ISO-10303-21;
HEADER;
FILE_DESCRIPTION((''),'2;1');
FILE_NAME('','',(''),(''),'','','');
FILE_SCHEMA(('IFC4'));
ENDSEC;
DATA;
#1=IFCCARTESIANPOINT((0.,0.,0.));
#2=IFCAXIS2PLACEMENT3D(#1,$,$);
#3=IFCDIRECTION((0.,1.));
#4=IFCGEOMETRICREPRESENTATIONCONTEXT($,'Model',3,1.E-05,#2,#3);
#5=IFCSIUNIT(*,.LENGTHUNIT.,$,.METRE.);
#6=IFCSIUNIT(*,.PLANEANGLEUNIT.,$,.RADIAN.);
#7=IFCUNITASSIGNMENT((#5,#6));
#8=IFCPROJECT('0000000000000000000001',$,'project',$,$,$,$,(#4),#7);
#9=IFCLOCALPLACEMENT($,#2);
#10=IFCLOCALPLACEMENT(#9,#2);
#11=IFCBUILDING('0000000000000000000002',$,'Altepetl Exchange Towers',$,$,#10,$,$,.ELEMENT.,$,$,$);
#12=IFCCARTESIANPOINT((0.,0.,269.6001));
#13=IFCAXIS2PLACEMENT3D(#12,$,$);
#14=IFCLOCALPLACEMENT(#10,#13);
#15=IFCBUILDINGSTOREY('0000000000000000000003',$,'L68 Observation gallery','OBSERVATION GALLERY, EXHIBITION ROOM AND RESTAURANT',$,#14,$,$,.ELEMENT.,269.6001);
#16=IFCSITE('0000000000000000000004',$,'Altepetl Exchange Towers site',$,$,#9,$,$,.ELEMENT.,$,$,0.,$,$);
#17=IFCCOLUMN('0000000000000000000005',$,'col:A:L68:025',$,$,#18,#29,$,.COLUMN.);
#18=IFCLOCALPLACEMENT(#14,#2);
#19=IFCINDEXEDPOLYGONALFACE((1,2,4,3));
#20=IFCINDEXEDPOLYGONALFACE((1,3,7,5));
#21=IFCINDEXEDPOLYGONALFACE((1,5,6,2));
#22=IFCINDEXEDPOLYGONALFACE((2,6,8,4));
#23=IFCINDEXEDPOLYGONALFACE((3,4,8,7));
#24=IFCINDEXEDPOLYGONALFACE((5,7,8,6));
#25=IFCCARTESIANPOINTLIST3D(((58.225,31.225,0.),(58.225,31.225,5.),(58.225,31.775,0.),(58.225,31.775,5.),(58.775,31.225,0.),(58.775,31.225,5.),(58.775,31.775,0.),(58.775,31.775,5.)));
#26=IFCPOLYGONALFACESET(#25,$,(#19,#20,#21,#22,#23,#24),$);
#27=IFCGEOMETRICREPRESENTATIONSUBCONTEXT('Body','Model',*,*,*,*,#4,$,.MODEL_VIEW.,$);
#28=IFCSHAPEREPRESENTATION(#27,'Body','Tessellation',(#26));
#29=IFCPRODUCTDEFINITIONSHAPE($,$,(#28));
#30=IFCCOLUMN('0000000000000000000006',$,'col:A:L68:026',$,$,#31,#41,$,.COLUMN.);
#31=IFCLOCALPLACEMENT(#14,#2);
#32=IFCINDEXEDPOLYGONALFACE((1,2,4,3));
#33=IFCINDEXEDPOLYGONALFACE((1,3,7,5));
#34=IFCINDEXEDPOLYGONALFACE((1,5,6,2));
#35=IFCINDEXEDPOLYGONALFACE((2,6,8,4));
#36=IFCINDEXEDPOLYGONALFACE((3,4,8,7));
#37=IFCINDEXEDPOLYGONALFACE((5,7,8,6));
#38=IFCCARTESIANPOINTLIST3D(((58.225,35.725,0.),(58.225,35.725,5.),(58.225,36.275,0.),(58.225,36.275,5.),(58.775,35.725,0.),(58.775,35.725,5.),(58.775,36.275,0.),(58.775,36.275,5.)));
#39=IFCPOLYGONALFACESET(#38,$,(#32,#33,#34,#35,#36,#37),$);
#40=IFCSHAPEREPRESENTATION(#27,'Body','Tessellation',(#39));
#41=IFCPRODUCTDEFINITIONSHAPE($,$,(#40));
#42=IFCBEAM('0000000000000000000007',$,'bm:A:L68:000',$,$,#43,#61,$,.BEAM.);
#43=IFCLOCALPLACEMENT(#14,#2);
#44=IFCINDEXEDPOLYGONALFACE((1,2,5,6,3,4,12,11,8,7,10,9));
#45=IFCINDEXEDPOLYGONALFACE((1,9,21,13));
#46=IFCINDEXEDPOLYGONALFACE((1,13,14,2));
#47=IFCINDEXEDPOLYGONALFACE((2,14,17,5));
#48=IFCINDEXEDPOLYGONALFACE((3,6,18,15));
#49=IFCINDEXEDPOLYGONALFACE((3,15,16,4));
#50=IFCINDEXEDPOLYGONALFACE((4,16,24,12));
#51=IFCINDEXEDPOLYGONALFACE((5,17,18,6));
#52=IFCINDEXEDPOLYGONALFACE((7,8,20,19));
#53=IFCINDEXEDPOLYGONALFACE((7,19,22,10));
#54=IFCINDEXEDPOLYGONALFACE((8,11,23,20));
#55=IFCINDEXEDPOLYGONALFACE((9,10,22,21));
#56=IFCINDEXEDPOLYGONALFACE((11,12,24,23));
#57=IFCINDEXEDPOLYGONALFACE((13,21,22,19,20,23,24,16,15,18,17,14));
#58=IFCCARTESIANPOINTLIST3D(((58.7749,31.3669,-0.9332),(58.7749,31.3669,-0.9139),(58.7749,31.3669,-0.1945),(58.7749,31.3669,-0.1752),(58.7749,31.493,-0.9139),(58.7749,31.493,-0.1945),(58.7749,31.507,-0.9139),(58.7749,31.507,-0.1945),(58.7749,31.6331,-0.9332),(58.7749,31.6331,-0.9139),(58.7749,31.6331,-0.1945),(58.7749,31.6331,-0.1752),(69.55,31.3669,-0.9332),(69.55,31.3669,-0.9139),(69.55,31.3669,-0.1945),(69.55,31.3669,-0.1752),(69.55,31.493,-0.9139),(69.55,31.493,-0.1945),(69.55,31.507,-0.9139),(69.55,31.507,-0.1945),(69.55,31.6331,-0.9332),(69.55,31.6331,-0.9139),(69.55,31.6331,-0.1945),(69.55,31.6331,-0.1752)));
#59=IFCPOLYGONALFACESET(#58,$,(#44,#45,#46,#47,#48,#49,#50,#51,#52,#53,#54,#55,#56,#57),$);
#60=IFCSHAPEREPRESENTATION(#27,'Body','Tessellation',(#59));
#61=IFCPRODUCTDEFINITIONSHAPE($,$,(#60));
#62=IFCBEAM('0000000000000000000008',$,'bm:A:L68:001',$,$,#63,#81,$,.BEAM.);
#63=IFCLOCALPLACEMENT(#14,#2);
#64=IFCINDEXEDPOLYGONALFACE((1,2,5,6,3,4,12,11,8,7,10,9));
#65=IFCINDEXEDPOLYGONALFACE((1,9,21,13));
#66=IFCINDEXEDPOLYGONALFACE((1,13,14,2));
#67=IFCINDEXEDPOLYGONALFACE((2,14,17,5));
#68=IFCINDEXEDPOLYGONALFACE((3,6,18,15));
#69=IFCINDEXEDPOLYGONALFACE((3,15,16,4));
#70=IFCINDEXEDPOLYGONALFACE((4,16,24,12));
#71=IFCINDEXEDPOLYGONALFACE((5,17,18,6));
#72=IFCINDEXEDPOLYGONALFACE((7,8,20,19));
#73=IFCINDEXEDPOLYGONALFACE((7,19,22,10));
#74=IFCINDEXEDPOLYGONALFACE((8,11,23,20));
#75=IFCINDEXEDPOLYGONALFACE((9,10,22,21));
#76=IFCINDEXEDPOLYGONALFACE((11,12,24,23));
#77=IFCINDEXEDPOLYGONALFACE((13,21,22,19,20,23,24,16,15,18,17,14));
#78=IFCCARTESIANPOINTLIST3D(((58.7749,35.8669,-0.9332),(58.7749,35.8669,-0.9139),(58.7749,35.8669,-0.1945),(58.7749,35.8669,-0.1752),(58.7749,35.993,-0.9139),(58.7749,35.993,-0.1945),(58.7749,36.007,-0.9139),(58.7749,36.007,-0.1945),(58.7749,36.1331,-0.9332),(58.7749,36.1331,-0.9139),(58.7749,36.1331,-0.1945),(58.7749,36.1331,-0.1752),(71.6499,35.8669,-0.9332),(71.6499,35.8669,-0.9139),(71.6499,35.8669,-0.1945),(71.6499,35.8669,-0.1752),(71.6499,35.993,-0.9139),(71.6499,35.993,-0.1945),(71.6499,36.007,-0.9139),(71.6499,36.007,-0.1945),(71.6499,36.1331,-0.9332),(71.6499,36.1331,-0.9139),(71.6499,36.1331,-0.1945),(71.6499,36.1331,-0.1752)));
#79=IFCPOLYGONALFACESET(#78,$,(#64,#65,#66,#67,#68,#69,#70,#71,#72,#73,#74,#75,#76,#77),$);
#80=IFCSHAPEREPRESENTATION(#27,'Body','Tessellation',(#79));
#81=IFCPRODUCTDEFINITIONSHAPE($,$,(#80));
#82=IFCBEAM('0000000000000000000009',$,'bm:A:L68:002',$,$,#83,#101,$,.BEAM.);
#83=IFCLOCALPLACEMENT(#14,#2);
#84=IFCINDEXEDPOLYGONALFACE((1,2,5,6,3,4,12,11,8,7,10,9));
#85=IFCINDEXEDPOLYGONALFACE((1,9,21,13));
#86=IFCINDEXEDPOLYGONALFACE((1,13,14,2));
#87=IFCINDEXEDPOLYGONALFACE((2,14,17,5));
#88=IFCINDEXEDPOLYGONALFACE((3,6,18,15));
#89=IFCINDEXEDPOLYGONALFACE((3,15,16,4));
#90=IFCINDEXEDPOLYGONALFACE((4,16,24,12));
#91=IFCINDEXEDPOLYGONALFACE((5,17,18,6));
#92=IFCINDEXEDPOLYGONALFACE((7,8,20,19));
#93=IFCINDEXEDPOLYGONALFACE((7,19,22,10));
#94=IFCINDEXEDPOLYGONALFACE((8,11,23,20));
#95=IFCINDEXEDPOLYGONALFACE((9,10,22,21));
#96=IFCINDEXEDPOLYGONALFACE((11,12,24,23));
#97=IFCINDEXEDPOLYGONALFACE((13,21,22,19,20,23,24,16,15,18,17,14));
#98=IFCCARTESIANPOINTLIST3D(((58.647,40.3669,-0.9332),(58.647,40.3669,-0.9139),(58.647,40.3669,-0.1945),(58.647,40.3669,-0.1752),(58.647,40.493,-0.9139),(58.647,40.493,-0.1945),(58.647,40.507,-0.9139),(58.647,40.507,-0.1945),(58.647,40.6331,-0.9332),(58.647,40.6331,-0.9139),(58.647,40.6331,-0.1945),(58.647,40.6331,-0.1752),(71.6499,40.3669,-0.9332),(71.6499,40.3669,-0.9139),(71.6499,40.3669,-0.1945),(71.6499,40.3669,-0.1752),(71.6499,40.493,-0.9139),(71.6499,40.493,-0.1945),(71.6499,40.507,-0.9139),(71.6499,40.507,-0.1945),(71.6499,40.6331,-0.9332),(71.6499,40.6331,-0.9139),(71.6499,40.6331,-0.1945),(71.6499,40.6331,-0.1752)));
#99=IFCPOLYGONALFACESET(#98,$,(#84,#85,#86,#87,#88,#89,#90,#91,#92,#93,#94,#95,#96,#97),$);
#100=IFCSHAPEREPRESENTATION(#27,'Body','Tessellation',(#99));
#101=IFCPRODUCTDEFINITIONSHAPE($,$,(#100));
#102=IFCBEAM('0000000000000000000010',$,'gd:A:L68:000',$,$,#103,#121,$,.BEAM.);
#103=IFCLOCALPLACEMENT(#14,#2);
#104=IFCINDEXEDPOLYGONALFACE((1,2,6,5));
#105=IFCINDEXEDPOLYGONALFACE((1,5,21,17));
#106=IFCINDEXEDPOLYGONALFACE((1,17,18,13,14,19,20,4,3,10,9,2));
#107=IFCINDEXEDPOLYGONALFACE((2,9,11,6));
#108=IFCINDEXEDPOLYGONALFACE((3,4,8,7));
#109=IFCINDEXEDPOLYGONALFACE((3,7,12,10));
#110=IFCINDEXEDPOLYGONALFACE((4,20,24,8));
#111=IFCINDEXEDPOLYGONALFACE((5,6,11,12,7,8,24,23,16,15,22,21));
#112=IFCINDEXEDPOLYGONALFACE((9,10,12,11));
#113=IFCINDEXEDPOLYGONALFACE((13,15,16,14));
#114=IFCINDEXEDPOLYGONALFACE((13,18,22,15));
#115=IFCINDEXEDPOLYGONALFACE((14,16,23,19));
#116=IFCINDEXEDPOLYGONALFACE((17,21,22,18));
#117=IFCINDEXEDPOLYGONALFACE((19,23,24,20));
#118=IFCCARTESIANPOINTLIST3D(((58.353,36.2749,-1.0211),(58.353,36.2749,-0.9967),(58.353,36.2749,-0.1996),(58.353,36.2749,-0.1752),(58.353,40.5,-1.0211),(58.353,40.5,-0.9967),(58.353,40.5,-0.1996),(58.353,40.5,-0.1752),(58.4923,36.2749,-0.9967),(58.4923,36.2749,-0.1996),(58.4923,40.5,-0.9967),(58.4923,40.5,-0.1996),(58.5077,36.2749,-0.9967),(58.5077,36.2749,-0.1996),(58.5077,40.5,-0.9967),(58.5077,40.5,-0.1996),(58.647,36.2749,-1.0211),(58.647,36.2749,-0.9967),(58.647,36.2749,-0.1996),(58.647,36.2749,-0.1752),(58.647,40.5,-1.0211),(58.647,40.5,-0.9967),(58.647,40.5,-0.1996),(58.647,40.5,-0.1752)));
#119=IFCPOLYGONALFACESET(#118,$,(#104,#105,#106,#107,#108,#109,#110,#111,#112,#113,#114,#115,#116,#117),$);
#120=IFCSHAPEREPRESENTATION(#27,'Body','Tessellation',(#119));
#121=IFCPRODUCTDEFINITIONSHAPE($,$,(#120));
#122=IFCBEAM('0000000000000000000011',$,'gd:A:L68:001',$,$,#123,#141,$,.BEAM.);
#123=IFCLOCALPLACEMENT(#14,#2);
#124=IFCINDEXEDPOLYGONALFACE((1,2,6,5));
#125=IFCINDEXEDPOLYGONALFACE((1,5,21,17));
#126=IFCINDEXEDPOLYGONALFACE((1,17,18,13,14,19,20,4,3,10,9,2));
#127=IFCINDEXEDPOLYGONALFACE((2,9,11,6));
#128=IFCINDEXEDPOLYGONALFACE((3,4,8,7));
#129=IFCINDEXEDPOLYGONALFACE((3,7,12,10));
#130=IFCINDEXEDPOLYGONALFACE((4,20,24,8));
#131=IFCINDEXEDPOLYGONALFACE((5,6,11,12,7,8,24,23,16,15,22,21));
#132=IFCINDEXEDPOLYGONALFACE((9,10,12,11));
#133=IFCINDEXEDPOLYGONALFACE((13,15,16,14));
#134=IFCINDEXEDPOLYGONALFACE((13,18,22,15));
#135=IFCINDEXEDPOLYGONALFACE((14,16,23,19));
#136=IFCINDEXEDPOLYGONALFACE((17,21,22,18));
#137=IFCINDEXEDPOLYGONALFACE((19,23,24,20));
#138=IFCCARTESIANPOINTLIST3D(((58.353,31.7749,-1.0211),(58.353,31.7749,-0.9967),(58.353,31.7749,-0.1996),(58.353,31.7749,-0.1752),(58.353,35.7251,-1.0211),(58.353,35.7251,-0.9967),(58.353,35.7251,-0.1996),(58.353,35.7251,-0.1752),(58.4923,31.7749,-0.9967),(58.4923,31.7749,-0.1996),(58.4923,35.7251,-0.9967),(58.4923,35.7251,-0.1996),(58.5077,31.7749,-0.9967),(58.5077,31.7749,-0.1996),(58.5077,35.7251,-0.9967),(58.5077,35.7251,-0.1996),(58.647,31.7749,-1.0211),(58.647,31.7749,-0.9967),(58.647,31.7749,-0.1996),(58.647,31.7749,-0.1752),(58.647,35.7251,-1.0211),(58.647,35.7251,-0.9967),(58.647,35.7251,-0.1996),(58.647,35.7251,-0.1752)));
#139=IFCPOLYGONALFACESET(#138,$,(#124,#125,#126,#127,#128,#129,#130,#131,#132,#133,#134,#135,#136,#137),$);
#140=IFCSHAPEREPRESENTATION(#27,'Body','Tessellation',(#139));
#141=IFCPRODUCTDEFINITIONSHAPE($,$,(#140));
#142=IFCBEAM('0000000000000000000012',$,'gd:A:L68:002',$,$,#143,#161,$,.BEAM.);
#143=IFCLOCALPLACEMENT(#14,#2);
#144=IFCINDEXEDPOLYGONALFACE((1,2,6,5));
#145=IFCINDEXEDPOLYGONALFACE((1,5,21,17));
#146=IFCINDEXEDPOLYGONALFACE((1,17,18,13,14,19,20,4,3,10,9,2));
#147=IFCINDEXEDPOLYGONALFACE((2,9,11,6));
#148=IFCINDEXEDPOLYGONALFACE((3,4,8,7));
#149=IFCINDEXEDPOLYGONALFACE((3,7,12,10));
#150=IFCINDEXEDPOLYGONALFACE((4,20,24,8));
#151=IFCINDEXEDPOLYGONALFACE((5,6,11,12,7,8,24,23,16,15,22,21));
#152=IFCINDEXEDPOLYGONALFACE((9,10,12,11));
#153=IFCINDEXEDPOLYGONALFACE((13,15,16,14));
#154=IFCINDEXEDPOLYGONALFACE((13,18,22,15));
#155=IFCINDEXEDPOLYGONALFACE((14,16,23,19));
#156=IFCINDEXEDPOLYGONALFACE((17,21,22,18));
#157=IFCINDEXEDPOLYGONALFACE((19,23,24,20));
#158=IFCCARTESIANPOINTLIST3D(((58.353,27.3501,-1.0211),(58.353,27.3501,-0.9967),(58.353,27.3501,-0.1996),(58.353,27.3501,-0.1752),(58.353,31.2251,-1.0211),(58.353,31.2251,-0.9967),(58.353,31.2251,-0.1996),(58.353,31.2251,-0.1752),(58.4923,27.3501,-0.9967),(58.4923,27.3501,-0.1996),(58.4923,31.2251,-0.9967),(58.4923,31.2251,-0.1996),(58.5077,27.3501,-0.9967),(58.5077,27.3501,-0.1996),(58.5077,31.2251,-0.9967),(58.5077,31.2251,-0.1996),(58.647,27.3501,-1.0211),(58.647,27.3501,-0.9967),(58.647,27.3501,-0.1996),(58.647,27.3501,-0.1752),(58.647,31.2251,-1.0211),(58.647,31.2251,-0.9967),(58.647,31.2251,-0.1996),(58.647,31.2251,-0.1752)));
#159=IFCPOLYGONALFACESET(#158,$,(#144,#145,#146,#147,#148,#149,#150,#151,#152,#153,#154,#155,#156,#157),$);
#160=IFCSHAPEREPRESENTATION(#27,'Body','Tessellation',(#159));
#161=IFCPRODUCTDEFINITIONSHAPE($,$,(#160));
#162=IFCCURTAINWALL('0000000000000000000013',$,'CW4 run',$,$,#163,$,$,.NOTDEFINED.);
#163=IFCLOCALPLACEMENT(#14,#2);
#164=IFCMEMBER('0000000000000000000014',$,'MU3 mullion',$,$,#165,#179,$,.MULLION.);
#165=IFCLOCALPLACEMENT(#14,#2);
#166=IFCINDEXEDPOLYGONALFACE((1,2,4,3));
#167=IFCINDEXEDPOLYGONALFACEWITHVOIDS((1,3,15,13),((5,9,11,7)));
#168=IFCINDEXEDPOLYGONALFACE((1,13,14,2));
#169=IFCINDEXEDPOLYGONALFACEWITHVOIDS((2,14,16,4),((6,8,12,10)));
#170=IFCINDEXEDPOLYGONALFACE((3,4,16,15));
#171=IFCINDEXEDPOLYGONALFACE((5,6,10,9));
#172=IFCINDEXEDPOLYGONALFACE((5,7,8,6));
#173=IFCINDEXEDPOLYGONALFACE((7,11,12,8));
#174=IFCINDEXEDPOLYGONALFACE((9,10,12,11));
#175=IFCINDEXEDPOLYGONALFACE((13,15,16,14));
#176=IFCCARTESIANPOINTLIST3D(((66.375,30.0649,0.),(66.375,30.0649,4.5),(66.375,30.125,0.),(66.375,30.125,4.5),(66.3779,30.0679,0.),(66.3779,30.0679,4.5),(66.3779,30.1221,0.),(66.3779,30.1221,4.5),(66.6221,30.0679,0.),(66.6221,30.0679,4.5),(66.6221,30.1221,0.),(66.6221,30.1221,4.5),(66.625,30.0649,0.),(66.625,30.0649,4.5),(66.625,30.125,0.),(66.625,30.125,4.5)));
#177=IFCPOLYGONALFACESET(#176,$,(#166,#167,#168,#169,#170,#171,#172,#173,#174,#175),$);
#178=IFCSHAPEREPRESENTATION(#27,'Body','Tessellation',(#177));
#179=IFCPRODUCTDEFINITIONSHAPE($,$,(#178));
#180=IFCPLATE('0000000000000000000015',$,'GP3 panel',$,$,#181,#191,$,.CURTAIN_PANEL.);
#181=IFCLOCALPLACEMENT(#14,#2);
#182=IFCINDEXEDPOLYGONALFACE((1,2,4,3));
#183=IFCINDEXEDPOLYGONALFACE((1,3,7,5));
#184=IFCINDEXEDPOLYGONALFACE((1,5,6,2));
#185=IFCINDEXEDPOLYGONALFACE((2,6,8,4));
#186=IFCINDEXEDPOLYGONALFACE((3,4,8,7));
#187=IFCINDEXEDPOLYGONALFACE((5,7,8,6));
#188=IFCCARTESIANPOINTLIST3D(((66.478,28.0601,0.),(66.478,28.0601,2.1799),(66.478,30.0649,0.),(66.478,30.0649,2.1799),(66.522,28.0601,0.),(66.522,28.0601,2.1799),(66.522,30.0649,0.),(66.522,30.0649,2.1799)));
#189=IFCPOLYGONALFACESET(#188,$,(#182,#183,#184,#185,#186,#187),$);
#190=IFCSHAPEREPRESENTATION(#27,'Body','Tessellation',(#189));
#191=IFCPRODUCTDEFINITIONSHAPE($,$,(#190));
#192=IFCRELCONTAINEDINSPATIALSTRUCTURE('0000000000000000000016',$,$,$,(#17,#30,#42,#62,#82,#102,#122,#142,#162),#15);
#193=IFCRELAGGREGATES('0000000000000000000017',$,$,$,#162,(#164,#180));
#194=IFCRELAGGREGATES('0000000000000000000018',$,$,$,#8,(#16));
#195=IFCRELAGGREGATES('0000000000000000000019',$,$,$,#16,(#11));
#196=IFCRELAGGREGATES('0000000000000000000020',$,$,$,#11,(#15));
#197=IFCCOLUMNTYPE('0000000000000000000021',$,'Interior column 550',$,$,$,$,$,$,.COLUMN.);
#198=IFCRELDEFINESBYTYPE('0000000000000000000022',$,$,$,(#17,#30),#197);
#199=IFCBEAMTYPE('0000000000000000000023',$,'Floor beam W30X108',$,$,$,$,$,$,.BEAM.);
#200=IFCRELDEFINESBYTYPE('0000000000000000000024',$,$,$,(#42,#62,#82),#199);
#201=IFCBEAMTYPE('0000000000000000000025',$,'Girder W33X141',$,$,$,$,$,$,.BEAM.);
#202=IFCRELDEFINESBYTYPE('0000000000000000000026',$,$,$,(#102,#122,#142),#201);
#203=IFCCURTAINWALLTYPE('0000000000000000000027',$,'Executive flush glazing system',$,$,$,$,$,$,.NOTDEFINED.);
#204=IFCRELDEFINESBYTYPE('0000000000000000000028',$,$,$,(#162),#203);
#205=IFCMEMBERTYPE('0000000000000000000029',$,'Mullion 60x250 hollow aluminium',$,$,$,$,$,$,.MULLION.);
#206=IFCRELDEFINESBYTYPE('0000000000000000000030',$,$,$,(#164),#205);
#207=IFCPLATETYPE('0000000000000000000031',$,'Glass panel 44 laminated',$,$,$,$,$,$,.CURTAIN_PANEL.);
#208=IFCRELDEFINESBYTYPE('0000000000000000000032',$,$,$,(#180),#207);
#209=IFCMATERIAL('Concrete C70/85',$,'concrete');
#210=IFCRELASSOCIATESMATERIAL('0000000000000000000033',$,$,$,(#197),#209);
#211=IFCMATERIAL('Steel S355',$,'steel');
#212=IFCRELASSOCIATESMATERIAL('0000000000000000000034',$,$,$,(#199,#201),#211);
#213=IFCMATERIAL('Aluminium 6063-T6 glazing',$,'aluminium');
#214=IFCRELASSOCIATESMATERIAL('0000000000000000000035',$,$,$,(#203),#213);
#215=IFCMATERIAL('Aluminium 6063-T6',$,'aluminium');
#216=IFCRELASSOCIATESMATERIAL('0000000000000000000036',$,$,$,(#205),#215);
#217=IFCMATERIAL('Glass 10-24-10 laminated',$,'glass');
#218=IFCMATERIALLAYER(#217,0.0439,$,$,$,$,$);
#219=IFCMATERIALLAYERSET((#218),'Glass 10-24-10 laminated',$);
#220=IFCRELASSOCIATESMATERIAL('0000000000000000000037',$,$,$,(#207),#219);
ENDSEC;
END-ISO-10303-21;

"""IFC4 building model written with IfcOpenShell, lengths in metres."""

from ifc_helpers import new_model, si_unit, direction, frame, origin, origin_2d, place, context, subcontext, project, spatial, rectangle, hollow_rectangle, i_section, extrude, material, layer, layer_set, material_profile, profile_set, type_object, element, aggregate, save


model = new_model("IFC4")

# Units and contexts
model_context = context("Model", 3, precision=1e-05, world=origin(), true_north=direction((0.0, 1.0)))
body_context = subcontext(model_context, "Body", "Model", "MODEL_VIEW")
ifc_project = project(units=[si_unit("LENGTHUNIT", "METRE"), si_unit("PLANEANGLEUNIT", "RADIAN")], contexts=[model_context])

# Site, building, storey
site_placement = place(None, origin())
site = spatial("IfcSite", under=ifc_project, at=site_placement, Name="Altepetl Exchange Towers site", CompositionType="ELEMENT", RefElevation=0.0)
building_placement = place(site_placement, origin())
building = spatial("IfcBuilding", under=site, at=building_placement, Name="Altepetl Exchange Towers", CompositionType="ELEMENT")
storey_placement = place(building_placement, frame((0.0, 0.0, 269.6001)))
storey = spatial("IfcBuildingStorey", under=building, at=storey_placement, Name="L68 Observation gallery", Description="OBSERVATION GALLERY, EXHIBITION ROOM AND RESTAURANT", CompositionType="ELEMENT", Elevation=269.6001)

# Columns
ifc_material_1 = material(Name="Concrete C70/85", Category="concrete")
ifc_material_profile_1 = material_profile(ifc_material_1, rectangle(XDim=0.55, YDim=0.55, at=origin_2d()), Name="550 x 550")
ifc_profile_set_1 = profile_set([ifc_material_profile_1], Name="Concrete C70/85")
column_type = type_object("IfcColumnType", Name="Interior column 550", PredefinedType="COLUMN", material=ifc_profile_set_1)
for number, where, name in (
    (1, (58.5, 31.5, 0.0), "col:A:L68:025"),
    (2, (58.5, 36.0, 0.0), "col:A:L68:026"),
):
    element("IfcColumn", number, at=place(storey_placement, frame(where)), inside=storey, type_object=column_type, Name=name, PredefinedType="COLUMN", context=body_context, shape_type="SweptSolid", body=[
        extrude(rectangle(XDim=0.55, YDim=0.55, at=origin_2d()), origin(), (0.0, 0.0, 1.0), 5.0),
    ])

# Beams
ifc_material_2 = material(Name="Steel S355", Category="steel")
ifc_material_profile_2 = material_profile(ifc_material_2, i_section(OverallWidth=0.2661, OverallDepth=0.7581, WebThickness=0.0139, FlangeThickness=0.0193, at=origin_2d()), Name="W30X108")
ifc_profile_set_2 = profile_set([ifc_material_profile_2], Name="Steel S355")
beam_type_1 = type_object("IfcBeamType", Name="Floor beam W30X108", PredefinedType="BEAM", material=ifc_profile_set_2)
beam_1_placement = place(storey_placement, frame((58.7749, 31.5, -0.5542), z_axis=(1.0, 0.0, 0.0), x_axis=(0.0, 1.0, 0.0)))
element("IfcBeam", 3, at=beam_1_placement, inside=storey, type_object=beam_type_1, Name="bm:A:L68:000", PredefinedType="BEAM", context=body_context, shape_type="SweptSolid", body=[
    extrude(i_section(OverallWidth=0.2661, OverallDepth=0.7581, WebThickness=0.0139, FlangeThickness=0.0193, at=origin_2d()), origin(), (0.0, 0.0, 1.0), 10.7751),
])
beam_2_placement = place(storey_placement, frame((58.7749, 36.0, -0.5542), z_axis=(1.0, 0.0, 0.0), x_axis=(0.0, 1.0, 0.0)))
element("IfcBeam", 4, at=beam_2_placement, inside=storey, type_object=beam_type_1, Name="bm:A:L68:001", PredefinedType="BEAM", context=body_context, shape_type="SweptSolid", body=[
    extrude(i_section(OverallWidth=0.2661, OverallDepth=0.7581, WebThickness=0.0139, FlangeThickness=0.0193, at=origin_2d()), origin(), (0.0, 0.0, 1.0), 12.875),
])
beam_3_placement = place(storey_placement, frame((58.647, 40.5, -0.5542), z_axis=(1.0, 0.0, 0.0), x_axis=(0.0, 1.0, 0.0)))
element("IfcBeam", 5, at=beam_3_placement, inside=storey, type_object=beam_type_1, Name="bm:A:L68:002", PredefinedType="BEAM", context=body_context, shape_type="SweptSolid", body=[
    extrude(i_section(OverallWidth=0.2661, OverallDepth=0.7581, WebThickness=0.0139, FlangeThickness=0.0193, at=origin_2d()), origin(), (0.0, 0.0, 1.0), 13.0029),
])
ifc_material_profile_3 = material_profile(ifc_material_2, i_section(OverallWidth=0.2939, OverallDepth=0.8459, WebThickness=0.0154, FlangeThickness=0.0244, at=origin_2d()), Name="W33X141")
ifc_profile_set_3 = profile_set([ifc_material_profile_3], Name="Steel S355")
beam_type_2 = type_object("IfcBeamType", Name="Girder W33X141", PredefinedType="BEAM", material=ifc_profile_set_3)
beam_4_placement = place(storey_placement, frame((58.5, 40.5, -0.5981), z_axis=(0.0, -1.0, 0.0), x_axis=(1.0, 0.0, 0.0)))
element("IfcBeam", 6, at=beam_4_placement, inside=storey, type_object=beam_type_2, Name="gd:A:L68:000", PredefinedType="BEAM", context=body_context, shape_type="SweptSolid", body=[
    extrude(i_section(OverallWidth=0.2939, OverallDepth=0.8459, WebThickness=0.0154, FlangeThickness=0.0244, at=origin_2d()), origin(), (0.0, 0.0, 1.0), 4.2251),
])
beam_5_placement = place(storey_placement, frame((58.5, 35.7251, -0.5981), z_axis=(0.0, -1.0, 0.0), x_axis=(1.0, 0.0, 0.0)))
element("IfcBeam", 7, at=beam_5_placement, inside=storey, type_object=beam_type_2, Name="gd:A:L68:001", PredefinedType="BEAM", context=body_context, shape_type="SweptSolid", body=[
    extrude(i_section(OverallWidth=0.2939, OverallDepth=0.8459, WebThickness=0.0154, FlangeThickness=0.0244, at=origin_2d()), origin(), (0.0, 0.0, 1.0), 3.9502),
])
beam_6_placement = place(storey_placement, frame((58.5, 31.2251, -0.5981), z_axis=(0.0, -1.0, 0.0), x_axis=(1.0, 0.0, 0.0)))
element("IfcBeam", 8, at=beam_6_placement, inside=storey, type_object=beam_type_2, Name="gd:A:L68:002", PredefinedType="BEAM", context=body_context, shape_type="SweptSolid", body=[
    extrude(i_section(OverallWidth=0.2939, OverallDepth=0.8459, WebThickness=0.0154, FlangeThickness=0.0244, at=origin_2d()), origin(), (0.0, 0.0, 1.0), 3.875),
])

# Curtain wall, member, plate
ifc_material_3 = material(Name="Aluminium 6063-T6 glazing", Category="aluminium")
curtain_wall_type = type_object("IfcCurtainWallType", Name="Executive flush glazing system", PredefinedType="NOTDEFINED", material=ifc_material_3)
curtain_wall_placement = place(storey_placement, origin())
curtain_wall = element("IfcCurtainWall", 9, at=curtain_wall_placement, inside=storey, type_object=curtain_wall_type, Name="CW4 run", PredefinedType="NOTDEFINED")
ifc_material_4 = material(Name="Aluminium 6063-T6", Category="aluminium")
ifc_material_profile_4 = material_profile(ifc_material_4, hollow_rectangle(XDim=0.0601, YDim=0.25, WallThickness=0.0029, at=origin_2d()), Name="Mullion 60x250 hollow aluminium")
ifc_profile_set_4 = profile_set([ifc_material_profile_4], Name="Aluminium 6063-T6")
member_type = type_object("IfcMemberType", Name="Mullion 60x250 hollow aluminium", PredefinedType="MULLION", material=ifc_profile_set_4)
member_placement = place(storey_placement, frame((66.5, 30.095, 0.0), z_axis=(0.0, 0.0, 1.0), x_axis=(0.0, 1.0, 0.0)))
member = element("IfcMember", 10, at=member_placement, type_object=member_type, Name="MU3 mullion", PredefinedType="MULLION", context=body_context, shape_type="SweptSolid", body=[
    extrude(hollow_rectangle(XDim=0.0601, YDim=0.25, WallThickness=0.0029, at=origin_2d()), origin(), (0.0, 0.0, 1.0), 4.5),
])
ifc_material_5 = material(Name="Glass 10-24-10 laminated", Category="glass")
ifc_layer_1 = layer(ifc_material_5, 0.0439)
ifc_layer_set_1 = layer_set([ifc_layer_1], Name="Glass 10-24-10 laminated")
plate_type = type_object("IfcPlateType", Name="Glass panel 44 laminated", PredefinedType="CURTAIN_PANEL", material=ifc_layer_set_1)
plate_1_placement = place(storey_placement, frame((66.5, 29.0625, 0.0), z_axis=(0.0, 0.0, 1.0), x_axis=(0.0, 1.0, 0.0)))
plate_1 = element("IfcPlate", 11, at=plate_1_placement, type_object=plate_type, Name="GP3 panel", PredefinedType="CURTAIN_PANEL", context=body_context, shape_type="SweptSolid", body=[
    extrude(rectangle(XDim=2.0049, YDim=0.0439, at=origin_2d()), origin(), (0.0, 0.0, 1.0), 2.1799),
])
aggregate(curtain_wall, [member, plate_1])

save(model, "model.ifc")
